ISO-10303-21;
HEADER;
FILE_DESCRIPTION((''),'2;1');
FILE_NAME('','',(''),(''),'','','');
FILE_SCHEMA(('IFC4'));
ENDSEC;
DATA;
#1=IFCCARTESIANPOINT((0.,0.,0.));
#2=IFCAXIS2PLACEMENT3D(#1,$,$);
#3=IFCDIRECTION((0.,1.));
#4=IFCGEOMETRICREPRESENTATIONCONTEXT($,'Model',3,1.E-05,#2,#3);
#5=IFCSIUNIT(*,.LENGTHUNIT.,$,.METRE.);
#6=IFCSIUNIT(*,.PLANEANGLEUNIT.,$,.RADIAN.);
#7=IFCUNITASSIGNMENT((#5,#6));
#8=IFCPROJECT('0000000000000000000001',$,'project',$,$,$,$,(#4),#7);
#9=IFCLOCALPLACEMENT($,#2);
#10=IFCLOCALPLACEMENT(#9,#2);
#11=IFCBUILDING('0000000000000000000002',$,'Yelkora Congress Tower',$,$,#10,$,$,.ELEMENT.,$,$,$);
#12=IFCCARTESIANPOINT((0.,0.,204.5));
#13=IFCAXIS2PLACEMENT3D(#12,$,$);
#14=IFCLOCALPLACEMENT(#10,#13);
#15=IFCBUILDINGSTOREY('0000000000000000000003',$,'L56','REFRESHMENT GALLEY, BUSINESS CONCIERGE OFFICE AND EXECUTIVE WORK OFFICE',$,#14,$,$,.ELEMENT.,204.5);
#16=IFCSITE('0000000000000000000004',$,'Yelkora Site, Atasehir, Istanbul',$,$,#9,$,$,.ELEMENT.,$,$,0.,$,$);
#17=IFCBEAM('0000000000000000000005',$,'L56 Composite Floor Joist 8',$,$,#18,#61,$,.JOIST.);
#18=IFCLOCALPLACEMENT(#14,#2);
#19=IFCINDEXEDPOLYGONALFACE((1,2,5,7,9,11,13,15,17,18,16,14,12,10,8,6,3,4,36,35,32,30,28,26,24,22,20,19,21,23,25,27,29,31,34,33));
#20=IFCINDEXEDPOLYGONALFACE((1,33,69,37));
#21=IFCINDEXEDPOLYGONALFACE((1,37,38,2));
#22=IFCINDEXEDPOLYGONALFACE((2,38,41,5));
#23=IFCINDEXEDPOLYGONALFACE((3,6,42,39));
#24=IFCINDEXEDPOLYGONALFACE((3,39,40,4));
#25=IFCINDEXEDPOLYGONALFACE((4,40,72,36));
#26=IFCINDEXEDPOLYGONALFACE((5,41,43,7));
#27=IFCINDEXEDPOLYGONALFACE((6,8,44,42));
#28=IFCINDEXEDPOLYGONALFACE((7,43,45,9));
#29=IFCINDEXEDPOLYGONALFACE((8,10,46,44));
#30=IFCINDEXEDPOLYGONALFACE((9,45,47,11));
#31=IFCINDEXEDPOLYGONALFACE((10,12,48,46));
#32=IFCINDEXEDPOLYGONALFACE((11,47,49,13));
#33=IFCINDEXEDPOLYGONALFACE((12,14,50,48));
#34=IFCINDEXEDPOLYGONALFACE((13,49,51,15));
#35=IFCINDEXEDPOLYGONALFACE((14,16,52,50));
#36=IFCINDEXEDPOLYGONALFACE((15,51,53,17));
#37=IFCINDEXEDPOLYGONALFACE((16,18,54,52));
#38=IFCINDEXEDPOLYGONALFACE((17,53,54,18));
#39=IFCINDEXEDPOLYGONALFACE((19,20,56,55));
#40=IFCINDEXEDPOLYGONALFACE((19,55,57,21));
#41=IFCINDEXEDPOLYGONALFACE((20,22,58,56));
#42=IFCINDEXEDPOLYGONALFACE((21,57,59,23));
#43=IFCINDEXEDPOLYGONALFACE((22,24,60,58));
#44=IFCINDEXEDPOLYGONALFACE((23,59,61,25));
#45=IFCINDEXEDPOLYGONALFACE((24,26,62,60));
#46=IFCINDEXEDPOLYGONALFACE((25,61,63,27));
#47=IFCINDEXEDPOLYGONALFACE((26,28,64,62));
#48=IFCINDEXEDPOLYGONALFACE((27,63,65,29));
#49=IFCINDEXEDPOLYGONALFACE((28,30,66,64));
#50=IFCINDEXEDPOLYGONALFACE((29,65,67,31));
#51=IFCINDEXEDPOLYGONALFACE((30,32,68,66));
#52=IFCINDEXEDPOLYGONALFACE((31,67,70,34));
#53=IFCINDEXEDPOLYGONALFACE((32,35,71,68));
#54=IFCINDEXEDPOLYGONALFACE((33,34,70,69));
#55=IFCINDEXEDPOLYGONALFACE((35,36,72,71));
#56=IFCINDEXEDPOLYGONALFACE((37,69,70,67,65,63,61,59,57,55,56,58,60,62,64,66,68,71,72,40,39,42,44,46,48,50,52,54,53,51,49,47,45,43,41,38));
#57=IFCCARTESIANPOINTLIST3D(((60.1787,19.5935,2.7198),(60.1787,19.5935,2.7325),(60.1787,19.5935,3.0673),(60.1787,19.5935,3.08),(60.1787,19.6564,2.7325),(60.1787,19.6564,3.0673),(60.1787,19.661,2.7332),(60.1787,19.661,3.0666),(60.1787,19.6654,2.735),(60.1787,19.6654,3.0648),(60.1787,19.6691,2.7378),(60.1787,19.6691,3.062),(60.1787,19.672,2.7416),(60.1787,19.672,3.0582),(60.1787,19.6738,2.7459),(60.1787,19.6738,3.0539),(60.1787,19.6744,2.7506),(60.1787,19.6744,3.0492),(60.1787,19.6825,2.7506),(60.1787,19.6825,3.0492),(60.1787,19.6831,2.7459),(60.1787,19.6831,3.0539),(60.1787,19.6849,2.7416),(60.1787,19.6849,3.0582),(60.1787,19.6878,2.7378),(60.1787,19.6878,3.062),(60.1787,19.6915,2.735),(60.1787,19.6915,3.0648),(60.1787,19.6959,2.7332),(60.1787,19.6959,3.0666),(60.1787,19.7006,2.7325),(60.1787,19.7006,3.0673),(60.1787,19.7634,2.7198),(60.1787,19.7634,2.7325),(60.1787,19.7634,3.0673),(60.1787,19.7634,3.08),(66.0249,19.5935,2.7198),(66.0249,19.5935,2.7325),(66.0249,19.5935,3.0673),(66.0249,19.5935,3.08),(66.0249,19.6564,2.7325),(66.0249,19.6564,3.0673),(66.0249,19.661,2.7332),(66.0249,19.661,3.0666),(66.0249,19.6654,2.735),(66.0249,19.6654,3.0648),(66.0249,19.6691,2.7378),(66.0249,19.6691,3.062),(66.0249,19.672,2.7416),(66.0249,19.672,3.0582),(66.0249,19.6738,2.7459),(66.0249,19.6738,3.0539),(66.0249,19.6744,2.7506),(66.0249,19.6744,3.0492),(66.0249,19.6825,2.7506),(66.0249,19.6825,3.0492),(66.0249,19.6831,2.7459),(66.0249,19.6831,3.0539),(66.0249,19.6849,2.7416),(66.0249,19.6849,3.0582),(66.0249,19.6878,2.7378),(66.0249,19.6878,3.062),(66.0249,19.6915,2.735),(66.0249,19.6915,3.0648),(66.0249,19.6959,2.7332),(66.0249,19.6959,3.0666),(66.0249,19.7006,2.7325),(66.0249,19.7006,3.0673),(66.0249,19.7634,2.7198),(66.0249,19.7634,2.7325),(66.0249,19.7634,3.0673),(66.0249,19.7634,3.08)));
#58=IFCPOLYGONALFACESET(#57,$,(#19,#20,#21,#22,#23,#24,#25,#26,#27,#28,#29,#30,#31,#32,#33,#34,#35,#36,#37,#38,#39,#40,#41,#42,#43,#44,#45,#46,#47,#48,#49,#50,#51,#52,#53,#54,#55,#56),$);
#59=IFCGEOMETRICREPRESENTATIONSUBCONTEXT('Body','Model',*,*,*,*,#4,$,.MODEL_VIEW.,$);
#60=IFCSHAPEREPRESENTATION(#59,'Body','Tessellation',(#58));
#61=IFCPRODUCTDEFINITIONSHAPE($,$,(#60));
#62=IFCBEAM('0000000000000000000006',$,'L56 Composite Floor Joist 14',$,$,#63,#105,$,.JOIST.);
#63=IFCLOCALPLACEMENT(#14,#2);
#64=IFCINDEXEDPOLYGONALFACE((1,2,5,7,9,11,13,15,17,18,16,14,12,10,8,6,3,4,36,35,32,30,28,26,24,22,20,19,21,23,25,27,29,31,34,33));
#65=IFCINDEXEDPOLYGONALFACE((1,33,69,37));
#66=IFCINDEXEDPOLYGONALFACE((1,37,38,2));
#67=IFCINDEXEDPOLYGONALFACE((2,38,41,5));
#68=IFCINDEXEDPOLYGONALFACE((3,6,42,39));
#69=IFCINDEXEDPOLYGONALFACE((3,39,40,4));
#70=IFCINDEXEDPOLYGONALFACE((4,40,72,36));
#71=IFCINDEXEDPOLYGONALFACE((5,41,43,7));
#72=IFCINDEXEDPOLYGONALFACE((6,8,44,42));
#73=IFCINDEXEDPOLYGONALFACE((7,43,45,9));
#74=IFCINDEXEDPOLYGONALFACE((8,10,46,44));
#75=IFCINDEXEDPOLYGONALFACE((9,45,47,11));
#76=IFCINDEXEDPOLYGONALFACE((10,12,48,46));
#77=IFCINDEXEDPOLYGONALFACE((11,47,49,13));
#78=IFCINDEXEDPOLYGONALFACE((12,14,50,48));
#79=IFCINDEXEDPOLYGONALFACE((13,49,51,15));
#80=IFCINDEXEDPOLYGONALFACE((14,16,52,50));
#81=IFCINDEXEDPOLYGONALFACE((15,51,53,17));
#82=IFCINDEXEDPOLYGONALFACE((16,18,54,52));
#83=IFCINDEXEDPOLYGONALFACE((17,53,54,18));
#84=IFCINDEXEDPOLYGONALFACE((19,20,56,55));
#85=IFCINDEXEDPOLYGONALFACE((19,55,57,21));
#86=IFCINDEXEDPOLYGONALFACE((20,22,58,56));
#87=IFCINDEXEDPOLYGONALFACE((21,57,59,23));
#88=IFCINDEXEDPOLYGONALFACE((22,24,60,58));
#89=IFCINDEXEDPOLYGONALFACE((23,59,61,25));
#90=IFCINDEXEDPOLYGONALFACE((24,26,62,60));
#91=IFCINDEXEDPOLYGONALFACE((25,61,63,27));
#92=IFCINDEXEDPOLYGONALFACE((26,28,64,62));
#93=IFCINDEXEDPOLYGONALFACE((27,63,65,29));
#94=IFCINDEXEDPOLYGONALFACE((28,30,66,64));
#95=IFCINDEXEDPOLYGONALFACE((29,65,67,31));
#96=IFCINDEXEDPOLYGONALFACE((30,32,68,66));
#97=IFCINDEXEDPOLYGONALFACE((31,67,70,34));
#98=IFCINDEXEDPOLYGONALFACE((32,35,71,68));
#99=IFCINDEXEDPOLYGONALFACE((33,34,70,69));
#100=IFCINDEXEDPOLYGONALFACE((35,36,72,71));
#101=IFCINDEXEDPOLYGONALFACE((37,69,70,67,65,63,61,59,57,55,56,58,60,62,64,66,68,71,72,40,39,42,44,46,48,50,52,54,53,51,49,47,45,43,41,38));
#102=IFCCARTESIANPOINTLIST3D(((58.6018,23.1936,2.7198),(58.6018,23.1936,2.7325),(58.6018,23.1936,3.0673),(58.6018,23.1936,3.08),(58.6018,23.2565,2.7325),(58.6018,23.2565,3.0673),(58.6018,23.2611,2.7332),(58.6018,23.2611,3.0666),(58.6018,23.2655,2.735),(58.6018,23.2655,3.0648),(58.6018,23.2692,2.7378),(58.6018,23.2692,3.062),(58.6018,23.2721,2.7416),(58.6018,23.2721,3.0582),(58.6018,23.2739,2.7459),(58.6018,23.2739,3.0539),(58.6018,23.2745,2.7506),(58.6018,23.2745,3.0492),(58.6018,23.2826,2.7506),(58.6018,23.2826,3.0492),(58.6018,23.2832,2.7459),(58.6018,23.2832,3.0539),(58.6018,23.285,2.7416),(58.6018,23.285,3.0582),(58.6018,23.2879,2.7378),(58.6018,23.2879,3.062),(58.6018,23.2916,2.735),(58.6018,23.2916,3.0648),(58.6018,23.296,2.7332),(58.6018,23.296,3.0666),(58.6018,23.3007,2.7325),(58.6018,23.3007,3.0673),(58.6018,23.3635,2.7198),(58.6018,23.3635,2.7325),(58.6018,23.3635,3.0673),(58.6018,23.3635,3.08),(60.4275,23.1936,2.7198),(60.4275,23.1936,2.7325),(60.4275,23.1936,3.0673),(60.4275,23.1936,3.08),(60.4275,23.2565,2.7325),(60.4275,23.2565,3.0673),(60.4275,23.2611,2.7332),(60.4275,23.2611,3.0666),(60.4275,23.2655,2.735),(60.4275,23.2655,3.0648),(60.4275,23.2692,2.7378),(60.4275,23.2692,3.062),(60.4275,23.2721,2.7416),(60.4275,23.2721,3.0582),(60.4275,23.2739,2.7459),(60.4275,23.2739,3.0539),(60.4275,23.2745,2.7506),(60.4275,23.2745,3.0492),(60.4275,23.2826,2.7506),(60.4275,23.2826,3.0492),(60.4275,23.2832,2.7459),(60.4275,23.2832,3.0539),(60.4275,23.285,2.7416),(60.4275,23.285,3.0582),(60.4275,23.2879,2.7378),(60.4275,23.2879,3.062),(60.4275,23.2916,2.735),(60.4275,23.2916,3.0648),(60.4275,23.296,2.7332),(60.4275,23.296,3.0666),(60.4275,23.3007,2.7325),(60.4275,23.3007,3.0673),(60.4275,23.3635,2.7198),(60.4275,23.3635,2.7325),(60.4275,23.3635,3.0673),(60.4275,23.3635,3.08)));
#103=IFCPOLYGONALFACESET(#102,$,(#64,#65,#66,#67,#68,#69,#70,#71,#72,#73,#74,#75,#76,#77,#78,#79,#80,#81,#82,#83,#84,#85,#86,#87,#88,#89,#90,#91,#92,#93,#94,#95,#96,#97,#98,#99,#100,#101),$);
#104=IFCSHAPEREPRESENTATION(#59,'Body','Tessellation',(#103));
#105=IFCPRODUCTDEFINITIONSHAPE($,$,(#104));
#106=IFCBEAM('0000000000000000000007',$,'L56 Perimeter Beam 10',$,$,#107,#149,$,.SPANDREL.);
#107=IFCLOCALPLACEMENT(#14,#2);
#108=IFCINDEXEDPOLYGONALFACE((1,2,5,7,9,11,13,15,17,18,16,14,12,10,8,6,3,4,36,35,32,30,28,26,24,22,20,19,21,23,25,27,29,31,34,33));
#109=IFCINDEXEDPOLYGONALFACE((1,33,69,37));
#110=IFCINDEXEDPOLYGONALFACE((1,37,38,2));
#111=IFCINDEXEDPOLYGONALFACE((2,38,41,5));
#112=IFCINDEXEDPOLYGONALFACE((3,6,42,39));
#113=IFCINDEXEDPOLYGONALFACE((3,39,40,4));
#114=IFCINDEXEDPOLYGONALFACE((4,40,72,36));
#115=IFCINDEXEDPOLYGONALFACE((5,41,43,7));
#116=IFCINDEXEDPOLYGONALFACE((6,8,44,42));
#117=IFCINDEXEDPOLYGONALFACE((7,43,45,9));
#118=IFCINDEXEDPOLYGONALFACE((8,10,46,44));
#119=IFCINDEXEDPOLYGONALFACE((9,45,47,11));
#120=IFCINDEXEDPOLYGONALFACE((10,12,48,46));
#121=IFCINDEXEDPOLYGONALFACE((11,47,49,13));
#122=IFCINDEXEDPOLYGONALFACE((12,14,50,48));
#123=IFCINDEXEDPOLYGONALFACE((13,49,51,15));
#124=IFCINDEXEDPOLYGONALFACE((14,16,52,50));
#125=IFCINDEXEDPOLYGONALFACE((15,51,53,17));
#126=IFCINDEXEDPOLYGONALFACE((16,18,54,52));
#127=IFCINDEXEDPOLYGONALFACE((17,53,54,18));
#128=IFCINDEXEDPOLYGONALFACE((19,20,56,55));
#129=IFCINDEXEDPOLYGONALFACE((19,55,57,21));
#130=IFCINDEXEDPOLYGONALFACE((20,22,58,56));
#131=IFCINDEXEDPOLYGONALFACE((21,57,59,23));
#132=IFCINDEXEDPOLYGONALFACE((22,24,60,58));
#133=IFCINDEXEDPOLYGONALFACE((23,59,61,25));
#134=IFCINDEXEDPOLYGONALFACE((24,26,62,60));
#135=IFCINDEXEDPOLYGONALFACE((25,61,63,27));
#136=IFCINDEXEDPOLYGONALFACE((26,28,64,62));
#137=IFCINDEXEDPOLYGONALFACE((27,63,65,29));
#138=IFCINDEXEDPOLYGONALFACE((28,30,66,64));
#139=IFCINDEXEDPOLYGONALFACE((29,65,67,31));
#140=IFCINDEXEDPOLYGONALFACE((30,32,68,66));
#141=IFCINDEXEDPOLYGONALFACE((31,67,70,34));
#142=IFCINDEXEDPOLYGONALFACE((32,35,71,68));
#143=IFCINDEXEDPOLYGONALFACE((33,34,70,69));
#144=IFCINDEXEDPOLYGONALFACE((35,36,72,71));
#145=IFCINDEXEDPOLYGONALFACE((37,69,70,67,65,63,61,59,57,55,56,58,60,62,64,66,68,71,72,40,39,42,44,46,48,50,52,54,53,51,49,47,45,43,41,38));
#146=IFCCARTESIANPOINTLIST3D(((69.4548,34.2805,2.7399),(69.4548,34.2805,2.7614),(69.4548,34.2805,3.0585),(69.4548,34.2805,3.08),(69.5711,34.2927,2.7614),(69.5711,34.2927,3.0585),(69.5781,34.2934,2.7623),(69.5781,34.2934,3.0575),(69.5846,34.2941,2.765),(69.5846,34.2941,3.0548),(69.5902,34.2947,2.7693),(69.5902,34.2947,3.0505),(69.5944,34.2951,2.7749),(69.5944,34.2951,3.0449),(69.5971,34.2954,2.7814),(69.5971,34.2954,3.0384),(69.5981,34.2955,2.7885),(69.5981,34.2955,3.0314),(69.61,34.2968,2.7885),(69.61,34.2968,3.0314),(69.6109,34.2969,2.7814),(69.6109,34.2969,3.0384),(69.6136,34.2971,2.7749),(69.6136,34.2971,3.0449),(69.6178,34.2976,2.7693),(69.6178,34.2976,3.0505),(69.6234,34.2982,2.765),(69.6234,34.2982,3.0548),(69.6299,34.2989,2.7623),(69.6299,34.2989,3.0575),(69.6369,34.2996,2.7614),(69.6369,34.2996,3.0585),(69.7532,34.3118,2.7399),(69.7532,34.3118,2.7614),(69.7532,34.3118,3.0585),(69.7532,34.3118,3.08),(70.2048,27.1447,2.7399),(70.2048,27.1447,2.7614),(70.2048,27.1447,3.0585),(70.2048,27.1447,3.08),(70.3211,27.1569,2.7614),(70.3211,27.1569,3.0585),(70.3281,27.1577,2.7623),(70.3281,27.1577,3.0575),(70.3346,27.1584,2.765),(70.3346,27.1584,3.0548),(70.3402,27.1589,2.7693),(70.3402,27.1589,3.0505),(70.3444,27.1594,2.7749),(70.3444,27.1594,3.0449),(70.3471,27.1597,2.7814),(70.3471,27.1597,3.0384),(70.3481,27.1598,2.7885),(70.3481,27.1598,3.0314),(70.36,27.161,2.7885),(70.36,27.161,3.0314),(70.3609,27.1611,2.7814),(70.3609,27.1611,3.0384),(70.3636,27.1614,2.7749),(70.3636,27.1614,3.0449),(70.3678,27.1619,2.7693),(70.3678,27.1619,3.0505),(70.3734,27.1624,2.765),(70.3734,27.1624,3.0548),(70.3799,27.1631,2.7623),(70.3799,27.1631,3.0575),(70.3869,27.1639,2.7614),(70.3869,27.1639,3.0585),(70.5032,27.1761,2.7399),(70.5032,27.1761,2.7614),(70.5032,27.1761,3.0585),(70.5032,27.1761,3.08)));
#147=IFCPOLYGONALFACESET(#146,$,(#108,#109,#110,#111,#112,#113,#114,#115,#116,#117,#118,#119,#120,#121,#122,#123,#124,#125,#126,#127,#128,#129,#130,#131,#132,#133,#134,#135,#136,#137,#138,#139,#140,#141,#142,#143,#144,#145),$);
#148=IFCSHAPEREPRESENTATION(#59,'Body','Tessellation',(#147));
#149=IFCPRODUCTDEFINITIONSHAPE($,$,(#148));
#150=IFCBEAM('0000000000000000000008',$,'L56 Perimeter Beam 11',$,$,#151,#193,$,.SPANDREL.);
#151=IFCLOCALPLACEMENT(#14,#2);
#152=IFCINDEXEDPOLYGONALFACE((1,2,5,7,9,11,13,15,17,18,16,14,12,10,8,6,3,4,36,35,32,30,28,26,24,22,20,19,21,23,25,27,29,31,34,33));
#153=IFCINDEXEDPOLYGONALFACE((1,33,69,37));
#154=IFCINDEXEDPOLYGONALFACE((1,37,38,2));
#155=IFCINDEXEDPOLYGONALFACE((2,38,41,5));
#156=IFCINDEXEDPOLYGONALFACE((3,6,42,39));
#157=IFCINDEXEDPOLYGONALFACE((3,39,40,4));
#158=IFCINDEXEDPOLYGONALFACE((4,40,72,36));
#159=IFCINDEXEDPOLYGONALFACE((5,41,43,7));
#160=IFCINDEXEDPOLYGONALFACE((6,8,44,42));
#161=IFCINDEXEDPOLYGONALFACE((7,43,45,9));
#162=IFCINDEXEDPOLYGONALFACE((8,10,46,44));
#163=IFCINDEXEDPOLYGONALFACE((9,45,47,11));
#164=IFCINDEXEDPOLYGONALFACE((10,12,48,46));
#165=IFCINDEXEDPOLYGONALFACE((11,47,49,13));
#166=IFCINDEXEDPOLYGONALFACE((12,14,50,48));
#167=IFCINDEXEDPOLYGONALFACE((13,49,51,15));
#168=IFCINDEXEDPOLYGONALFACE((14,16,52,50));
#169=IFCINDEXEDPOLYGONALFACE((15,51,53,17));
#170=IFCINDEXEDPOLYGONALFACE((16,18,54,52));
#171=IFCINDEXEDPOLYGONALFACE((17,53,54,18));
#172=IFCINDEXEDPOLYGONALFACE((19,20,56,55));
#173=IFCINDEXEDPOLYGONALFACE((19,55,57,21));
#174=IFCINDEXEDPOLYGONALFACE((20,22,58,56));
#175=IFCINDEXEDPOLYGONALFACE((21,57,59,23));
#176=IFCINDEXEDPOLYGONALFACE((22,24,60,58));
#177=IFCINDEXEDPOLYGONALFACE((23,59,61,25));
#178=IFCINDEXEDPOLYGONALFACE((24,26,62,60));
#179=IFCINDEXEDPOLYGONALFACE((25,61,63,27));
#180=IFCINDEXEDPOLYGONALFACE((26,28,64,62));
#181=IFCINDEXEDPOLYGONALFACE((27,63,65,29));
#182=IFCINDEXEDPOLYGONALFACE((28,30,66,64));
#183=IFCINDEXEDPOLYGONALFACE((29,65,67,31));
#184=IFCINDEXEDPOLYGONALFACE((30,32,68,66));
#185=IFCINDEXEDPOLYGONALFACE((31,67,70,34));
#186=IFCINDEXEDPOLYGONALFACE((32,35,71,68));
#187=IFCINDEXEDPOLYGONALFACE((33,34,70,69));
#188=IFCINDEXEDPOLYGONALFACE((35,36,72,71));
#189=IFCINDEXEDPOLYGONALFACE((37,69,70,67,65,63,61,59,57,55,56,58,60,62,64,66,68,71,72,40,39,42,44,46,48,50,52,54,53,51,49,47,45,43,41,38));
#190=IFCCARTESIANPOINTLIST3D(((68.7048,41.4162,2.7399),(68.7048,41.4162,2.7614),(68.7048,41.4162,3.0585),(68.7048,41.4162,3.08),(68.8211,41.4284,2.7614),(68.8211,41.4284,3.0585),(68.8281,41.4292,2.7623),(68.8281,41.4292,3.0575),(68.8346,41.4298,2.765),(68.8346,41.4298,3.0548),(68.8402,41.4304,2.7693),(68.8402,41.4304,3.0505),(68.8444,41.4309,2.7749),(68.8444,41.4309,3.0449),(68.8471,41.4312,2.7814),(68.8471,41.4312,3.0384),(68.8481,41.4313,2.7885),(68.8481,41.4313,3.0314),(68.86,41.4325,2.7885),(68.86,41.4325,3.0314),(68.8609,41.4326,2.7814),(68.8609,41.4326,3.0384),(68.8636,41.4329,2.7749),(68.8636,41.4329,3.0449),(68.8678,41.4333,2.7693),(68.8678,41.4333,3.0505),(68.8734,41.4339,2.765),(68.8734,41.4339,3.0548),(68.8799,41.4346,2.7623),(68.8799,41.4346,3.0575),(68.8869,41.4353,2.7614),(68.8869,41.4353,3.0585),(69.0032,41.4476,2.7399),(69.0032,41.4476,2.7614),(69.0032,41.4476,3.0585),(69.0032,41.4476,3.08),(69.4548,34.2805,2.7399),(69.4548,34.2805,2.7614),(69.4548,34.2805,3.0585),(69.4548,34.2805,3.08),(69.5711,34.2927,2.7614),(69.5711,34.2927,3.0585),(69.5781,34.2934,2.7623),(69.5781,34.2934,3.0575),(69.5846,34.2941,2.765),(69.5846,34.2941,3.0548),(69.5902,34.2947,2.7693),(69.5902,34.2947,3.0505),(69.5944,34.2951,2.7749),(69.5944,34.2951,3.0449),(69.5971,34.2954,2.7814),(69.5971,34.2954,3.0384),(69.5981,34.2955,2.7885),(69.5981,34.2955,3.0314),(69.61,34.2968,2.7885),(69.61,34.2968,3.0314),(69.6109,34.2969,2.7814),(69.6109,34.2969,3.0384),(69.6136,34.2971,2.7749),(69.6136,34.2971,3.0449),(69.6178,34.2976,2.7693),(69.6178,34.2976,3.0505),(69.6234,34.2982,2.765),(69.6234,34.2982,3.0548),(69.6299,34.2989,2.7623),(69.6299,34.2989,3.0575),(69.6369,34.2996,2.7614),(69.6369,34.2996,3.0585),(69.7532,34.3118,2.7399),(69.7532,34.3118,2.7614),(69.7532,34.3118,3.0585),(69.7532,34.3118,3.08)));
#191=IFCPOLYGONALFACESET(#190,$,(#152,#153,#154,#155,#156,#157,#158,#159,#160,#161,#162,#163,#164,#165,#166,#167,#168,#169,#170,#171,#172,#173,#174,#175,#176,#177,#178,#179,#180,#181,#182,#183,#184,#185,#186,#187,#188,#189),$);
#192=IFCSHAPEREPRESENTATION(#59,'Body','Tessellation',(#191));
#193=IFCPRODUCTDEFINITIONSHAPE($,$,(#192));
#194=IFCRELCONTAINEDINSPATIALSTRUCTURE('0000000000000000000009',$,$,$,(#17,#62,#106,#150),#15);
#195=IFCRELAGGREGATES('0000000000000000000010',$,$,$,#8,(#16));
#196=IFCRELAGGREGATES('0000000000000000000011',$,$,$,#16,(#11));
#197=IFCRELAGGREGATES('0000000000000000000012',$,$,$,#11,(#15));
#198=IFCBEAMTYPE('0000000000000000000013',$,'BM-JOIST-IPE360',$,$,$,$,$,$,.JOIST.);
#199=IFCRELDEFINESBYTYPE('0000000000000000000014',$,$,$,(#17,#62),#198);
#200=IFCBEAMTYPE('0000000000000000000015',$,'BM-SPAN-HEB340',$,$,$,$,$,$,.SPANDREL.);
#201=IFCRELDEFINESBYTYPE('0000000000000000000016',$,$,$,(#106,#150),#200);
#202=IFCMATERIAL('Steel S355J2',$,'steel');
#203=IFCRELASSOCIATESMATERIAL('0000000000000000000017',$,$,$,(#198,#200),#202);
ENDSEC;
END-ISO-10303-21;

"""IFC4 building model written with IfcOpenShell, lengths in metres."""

from ifc_helpers import new_model, si_unit, direction, frame, origin, origin_2d, place, context, subcontext, project, spatial, i_section, extrude, material, material_profile, profile_set, type_object, element, save


model = new_model("IFC4")

# Units and contexts
model_context = context("Model", 3, precision=1e-05, world=origin(), true_north=direction((0.0, 1.0)))
body_context = subcontext(model_context, "Body", "Model", "MODEL_VIEW")
ifc_project = project(units=[si_unit("LENGTHUNIT", "METRE"), si_unit("PLANEANGLEUNIT", "RADIAN")], contexts=[model_context])

# Site, building, storey
site_placement = place(None, origin())
site = spatial("IfcSite", under=ifc_project, at=site_placement, Name="Yelkora Site, Atasehir, Istanbul", CompositionType="ELEMENT", RefElevation=0.0)
building_placement = place(site_placement, origin())
building = spatial("IfcBuilding", under=site, at=building_placement, Name="Yelkora Congress Tower", CompositionType="ELEMENT")
storey_placement = place(building_placement, frame((0.0, 0.0, 204.5)))
storey = spatial("IfcBuildingStorey", under=building, at=storey_placement, Name="L56", Description="REFRESHMENT GALLEY, BUSINESS CONCIERGE OFFICE AND EXECUTIVE WORK OFFICE", CompositionType="ELEMENT", Elevation=204.5)

# Shared definitions
ifc_material_1 = material(Name="Steel S355J2", Category="steel")

# Beams
ifc_material_profile_1 = material_profile(ifc_material_1, i_section(OverallWidth=0.1699, OverallDepth=0.3601, WebThickness=0.0081, FlangeThickness=0.0127, FilletRadius=0.0181, at=origin_2d()), Name="IPE 360")
ifc_profile_set_1 = profile_set([ifc_material_profile_1], Name="Steel S355J2")
beam_type_1 = type_object("IfcBeamType", Name="BM-JOIST-IPE360", PredefinedType="JOIST", material=ifc_profile_set_1)
beam_1_placement = place(storey_placement, frame((60.1787, 19.6785, 2.8999), z_axis=(1.0, 0.0, 0.0), x_axis=(0.0, 1.0, 0.0)))
element("IfcBeam", 1, at=beam_1_placement, inside=storey, type_object=beam_type_1, Name="L56 Composite Floor Joist 8", PredefinedType="JOIST", context=body_context, shape_type="SweptSolid", body=[
    extrude(i_section(OverallWidth=0.1699, OverallDepth=0.3601, WebThickness=0.0081, FlangeThickness=0.0127, FilletRadius=0.0181, at=origin_2d()), origin(), (0.0, 0.0, 1.0), 5.8462),
])
beam_2_placement = place(storey_placement, frame((58.6018, 23.2786, 2.8999), z_axis=(1.0, 0.0, 0.0), x_axis=(0.0, 1.0, 0.0)))
element("IfcBeam", 2, at=beam_2_placement, inside=storey, type_object=beam_type_1, Name="L56 Composite Floor Joist 14", PredefinedType="JOIST", context=body_context, shape_type="SweptSolid", body=[
    extrude(i_section(OverallWidth=0.1699, OverallDepth=0.3601, WebThickness=0.0081, FlangeThickness=0.0127, FilletRadius=0.0181, at=origin_2d()), origin(), (0.0, 0.0, 1.0), 1.8257),
])
ifc_material_profile_2 = material_profile(ifc_material_1, i_section(OverallWidth=0.3, OverallDepth=0.3401, WebThickness=0.012, FlangeThickness=0.0215, FilletRadius=0.0271, at=origin_2d()), Name="HEB 340")
ifc_profile_set_2 = profile_set([ifc_material_profile_2], Name="Steel S355J2")
beam_type_2 = type_object("IfcBeamType", Name="BM-SPAN-HEB340", PredefinedType="SPANDREL", material=ifc_profile_set_2)
for number, where, z_axis, x_axis, name in (
    (3, (70.354, 27.1604, 2.9099), (-0.104529, 0.994522, 0.0), (-0.994522, -0.104529, 0.0), "L56 Perimeter Beam 10"),
    (4, (69.604, 34.2961, 2.9099), (-0.104529, 0.994522, 0.0), (-0.994522, -0.104529, 0.0), "L56 Perimeter Beam 11"),
):
    element("IfcBeam", number, at=place(storey_placement, frame(where, z_axis=z_axis, x_axis=x_axis)), inside=storey, type_object=beam_type_2, Name=name, PredefinedType="SPANDREL", context=body_context, shape_type="SweptSolid", body=[
        extrude(i_section(OverallWidth=0.3, OverallDepth=0.3401, WebThickness=0.012, FlangeThickness=0.0215, FilletRadius=0.0271, at=origin_2d()), origin(), (0.0, 0.0, 1.0), 7.175),
    ])

save(model, "model.ifc")
